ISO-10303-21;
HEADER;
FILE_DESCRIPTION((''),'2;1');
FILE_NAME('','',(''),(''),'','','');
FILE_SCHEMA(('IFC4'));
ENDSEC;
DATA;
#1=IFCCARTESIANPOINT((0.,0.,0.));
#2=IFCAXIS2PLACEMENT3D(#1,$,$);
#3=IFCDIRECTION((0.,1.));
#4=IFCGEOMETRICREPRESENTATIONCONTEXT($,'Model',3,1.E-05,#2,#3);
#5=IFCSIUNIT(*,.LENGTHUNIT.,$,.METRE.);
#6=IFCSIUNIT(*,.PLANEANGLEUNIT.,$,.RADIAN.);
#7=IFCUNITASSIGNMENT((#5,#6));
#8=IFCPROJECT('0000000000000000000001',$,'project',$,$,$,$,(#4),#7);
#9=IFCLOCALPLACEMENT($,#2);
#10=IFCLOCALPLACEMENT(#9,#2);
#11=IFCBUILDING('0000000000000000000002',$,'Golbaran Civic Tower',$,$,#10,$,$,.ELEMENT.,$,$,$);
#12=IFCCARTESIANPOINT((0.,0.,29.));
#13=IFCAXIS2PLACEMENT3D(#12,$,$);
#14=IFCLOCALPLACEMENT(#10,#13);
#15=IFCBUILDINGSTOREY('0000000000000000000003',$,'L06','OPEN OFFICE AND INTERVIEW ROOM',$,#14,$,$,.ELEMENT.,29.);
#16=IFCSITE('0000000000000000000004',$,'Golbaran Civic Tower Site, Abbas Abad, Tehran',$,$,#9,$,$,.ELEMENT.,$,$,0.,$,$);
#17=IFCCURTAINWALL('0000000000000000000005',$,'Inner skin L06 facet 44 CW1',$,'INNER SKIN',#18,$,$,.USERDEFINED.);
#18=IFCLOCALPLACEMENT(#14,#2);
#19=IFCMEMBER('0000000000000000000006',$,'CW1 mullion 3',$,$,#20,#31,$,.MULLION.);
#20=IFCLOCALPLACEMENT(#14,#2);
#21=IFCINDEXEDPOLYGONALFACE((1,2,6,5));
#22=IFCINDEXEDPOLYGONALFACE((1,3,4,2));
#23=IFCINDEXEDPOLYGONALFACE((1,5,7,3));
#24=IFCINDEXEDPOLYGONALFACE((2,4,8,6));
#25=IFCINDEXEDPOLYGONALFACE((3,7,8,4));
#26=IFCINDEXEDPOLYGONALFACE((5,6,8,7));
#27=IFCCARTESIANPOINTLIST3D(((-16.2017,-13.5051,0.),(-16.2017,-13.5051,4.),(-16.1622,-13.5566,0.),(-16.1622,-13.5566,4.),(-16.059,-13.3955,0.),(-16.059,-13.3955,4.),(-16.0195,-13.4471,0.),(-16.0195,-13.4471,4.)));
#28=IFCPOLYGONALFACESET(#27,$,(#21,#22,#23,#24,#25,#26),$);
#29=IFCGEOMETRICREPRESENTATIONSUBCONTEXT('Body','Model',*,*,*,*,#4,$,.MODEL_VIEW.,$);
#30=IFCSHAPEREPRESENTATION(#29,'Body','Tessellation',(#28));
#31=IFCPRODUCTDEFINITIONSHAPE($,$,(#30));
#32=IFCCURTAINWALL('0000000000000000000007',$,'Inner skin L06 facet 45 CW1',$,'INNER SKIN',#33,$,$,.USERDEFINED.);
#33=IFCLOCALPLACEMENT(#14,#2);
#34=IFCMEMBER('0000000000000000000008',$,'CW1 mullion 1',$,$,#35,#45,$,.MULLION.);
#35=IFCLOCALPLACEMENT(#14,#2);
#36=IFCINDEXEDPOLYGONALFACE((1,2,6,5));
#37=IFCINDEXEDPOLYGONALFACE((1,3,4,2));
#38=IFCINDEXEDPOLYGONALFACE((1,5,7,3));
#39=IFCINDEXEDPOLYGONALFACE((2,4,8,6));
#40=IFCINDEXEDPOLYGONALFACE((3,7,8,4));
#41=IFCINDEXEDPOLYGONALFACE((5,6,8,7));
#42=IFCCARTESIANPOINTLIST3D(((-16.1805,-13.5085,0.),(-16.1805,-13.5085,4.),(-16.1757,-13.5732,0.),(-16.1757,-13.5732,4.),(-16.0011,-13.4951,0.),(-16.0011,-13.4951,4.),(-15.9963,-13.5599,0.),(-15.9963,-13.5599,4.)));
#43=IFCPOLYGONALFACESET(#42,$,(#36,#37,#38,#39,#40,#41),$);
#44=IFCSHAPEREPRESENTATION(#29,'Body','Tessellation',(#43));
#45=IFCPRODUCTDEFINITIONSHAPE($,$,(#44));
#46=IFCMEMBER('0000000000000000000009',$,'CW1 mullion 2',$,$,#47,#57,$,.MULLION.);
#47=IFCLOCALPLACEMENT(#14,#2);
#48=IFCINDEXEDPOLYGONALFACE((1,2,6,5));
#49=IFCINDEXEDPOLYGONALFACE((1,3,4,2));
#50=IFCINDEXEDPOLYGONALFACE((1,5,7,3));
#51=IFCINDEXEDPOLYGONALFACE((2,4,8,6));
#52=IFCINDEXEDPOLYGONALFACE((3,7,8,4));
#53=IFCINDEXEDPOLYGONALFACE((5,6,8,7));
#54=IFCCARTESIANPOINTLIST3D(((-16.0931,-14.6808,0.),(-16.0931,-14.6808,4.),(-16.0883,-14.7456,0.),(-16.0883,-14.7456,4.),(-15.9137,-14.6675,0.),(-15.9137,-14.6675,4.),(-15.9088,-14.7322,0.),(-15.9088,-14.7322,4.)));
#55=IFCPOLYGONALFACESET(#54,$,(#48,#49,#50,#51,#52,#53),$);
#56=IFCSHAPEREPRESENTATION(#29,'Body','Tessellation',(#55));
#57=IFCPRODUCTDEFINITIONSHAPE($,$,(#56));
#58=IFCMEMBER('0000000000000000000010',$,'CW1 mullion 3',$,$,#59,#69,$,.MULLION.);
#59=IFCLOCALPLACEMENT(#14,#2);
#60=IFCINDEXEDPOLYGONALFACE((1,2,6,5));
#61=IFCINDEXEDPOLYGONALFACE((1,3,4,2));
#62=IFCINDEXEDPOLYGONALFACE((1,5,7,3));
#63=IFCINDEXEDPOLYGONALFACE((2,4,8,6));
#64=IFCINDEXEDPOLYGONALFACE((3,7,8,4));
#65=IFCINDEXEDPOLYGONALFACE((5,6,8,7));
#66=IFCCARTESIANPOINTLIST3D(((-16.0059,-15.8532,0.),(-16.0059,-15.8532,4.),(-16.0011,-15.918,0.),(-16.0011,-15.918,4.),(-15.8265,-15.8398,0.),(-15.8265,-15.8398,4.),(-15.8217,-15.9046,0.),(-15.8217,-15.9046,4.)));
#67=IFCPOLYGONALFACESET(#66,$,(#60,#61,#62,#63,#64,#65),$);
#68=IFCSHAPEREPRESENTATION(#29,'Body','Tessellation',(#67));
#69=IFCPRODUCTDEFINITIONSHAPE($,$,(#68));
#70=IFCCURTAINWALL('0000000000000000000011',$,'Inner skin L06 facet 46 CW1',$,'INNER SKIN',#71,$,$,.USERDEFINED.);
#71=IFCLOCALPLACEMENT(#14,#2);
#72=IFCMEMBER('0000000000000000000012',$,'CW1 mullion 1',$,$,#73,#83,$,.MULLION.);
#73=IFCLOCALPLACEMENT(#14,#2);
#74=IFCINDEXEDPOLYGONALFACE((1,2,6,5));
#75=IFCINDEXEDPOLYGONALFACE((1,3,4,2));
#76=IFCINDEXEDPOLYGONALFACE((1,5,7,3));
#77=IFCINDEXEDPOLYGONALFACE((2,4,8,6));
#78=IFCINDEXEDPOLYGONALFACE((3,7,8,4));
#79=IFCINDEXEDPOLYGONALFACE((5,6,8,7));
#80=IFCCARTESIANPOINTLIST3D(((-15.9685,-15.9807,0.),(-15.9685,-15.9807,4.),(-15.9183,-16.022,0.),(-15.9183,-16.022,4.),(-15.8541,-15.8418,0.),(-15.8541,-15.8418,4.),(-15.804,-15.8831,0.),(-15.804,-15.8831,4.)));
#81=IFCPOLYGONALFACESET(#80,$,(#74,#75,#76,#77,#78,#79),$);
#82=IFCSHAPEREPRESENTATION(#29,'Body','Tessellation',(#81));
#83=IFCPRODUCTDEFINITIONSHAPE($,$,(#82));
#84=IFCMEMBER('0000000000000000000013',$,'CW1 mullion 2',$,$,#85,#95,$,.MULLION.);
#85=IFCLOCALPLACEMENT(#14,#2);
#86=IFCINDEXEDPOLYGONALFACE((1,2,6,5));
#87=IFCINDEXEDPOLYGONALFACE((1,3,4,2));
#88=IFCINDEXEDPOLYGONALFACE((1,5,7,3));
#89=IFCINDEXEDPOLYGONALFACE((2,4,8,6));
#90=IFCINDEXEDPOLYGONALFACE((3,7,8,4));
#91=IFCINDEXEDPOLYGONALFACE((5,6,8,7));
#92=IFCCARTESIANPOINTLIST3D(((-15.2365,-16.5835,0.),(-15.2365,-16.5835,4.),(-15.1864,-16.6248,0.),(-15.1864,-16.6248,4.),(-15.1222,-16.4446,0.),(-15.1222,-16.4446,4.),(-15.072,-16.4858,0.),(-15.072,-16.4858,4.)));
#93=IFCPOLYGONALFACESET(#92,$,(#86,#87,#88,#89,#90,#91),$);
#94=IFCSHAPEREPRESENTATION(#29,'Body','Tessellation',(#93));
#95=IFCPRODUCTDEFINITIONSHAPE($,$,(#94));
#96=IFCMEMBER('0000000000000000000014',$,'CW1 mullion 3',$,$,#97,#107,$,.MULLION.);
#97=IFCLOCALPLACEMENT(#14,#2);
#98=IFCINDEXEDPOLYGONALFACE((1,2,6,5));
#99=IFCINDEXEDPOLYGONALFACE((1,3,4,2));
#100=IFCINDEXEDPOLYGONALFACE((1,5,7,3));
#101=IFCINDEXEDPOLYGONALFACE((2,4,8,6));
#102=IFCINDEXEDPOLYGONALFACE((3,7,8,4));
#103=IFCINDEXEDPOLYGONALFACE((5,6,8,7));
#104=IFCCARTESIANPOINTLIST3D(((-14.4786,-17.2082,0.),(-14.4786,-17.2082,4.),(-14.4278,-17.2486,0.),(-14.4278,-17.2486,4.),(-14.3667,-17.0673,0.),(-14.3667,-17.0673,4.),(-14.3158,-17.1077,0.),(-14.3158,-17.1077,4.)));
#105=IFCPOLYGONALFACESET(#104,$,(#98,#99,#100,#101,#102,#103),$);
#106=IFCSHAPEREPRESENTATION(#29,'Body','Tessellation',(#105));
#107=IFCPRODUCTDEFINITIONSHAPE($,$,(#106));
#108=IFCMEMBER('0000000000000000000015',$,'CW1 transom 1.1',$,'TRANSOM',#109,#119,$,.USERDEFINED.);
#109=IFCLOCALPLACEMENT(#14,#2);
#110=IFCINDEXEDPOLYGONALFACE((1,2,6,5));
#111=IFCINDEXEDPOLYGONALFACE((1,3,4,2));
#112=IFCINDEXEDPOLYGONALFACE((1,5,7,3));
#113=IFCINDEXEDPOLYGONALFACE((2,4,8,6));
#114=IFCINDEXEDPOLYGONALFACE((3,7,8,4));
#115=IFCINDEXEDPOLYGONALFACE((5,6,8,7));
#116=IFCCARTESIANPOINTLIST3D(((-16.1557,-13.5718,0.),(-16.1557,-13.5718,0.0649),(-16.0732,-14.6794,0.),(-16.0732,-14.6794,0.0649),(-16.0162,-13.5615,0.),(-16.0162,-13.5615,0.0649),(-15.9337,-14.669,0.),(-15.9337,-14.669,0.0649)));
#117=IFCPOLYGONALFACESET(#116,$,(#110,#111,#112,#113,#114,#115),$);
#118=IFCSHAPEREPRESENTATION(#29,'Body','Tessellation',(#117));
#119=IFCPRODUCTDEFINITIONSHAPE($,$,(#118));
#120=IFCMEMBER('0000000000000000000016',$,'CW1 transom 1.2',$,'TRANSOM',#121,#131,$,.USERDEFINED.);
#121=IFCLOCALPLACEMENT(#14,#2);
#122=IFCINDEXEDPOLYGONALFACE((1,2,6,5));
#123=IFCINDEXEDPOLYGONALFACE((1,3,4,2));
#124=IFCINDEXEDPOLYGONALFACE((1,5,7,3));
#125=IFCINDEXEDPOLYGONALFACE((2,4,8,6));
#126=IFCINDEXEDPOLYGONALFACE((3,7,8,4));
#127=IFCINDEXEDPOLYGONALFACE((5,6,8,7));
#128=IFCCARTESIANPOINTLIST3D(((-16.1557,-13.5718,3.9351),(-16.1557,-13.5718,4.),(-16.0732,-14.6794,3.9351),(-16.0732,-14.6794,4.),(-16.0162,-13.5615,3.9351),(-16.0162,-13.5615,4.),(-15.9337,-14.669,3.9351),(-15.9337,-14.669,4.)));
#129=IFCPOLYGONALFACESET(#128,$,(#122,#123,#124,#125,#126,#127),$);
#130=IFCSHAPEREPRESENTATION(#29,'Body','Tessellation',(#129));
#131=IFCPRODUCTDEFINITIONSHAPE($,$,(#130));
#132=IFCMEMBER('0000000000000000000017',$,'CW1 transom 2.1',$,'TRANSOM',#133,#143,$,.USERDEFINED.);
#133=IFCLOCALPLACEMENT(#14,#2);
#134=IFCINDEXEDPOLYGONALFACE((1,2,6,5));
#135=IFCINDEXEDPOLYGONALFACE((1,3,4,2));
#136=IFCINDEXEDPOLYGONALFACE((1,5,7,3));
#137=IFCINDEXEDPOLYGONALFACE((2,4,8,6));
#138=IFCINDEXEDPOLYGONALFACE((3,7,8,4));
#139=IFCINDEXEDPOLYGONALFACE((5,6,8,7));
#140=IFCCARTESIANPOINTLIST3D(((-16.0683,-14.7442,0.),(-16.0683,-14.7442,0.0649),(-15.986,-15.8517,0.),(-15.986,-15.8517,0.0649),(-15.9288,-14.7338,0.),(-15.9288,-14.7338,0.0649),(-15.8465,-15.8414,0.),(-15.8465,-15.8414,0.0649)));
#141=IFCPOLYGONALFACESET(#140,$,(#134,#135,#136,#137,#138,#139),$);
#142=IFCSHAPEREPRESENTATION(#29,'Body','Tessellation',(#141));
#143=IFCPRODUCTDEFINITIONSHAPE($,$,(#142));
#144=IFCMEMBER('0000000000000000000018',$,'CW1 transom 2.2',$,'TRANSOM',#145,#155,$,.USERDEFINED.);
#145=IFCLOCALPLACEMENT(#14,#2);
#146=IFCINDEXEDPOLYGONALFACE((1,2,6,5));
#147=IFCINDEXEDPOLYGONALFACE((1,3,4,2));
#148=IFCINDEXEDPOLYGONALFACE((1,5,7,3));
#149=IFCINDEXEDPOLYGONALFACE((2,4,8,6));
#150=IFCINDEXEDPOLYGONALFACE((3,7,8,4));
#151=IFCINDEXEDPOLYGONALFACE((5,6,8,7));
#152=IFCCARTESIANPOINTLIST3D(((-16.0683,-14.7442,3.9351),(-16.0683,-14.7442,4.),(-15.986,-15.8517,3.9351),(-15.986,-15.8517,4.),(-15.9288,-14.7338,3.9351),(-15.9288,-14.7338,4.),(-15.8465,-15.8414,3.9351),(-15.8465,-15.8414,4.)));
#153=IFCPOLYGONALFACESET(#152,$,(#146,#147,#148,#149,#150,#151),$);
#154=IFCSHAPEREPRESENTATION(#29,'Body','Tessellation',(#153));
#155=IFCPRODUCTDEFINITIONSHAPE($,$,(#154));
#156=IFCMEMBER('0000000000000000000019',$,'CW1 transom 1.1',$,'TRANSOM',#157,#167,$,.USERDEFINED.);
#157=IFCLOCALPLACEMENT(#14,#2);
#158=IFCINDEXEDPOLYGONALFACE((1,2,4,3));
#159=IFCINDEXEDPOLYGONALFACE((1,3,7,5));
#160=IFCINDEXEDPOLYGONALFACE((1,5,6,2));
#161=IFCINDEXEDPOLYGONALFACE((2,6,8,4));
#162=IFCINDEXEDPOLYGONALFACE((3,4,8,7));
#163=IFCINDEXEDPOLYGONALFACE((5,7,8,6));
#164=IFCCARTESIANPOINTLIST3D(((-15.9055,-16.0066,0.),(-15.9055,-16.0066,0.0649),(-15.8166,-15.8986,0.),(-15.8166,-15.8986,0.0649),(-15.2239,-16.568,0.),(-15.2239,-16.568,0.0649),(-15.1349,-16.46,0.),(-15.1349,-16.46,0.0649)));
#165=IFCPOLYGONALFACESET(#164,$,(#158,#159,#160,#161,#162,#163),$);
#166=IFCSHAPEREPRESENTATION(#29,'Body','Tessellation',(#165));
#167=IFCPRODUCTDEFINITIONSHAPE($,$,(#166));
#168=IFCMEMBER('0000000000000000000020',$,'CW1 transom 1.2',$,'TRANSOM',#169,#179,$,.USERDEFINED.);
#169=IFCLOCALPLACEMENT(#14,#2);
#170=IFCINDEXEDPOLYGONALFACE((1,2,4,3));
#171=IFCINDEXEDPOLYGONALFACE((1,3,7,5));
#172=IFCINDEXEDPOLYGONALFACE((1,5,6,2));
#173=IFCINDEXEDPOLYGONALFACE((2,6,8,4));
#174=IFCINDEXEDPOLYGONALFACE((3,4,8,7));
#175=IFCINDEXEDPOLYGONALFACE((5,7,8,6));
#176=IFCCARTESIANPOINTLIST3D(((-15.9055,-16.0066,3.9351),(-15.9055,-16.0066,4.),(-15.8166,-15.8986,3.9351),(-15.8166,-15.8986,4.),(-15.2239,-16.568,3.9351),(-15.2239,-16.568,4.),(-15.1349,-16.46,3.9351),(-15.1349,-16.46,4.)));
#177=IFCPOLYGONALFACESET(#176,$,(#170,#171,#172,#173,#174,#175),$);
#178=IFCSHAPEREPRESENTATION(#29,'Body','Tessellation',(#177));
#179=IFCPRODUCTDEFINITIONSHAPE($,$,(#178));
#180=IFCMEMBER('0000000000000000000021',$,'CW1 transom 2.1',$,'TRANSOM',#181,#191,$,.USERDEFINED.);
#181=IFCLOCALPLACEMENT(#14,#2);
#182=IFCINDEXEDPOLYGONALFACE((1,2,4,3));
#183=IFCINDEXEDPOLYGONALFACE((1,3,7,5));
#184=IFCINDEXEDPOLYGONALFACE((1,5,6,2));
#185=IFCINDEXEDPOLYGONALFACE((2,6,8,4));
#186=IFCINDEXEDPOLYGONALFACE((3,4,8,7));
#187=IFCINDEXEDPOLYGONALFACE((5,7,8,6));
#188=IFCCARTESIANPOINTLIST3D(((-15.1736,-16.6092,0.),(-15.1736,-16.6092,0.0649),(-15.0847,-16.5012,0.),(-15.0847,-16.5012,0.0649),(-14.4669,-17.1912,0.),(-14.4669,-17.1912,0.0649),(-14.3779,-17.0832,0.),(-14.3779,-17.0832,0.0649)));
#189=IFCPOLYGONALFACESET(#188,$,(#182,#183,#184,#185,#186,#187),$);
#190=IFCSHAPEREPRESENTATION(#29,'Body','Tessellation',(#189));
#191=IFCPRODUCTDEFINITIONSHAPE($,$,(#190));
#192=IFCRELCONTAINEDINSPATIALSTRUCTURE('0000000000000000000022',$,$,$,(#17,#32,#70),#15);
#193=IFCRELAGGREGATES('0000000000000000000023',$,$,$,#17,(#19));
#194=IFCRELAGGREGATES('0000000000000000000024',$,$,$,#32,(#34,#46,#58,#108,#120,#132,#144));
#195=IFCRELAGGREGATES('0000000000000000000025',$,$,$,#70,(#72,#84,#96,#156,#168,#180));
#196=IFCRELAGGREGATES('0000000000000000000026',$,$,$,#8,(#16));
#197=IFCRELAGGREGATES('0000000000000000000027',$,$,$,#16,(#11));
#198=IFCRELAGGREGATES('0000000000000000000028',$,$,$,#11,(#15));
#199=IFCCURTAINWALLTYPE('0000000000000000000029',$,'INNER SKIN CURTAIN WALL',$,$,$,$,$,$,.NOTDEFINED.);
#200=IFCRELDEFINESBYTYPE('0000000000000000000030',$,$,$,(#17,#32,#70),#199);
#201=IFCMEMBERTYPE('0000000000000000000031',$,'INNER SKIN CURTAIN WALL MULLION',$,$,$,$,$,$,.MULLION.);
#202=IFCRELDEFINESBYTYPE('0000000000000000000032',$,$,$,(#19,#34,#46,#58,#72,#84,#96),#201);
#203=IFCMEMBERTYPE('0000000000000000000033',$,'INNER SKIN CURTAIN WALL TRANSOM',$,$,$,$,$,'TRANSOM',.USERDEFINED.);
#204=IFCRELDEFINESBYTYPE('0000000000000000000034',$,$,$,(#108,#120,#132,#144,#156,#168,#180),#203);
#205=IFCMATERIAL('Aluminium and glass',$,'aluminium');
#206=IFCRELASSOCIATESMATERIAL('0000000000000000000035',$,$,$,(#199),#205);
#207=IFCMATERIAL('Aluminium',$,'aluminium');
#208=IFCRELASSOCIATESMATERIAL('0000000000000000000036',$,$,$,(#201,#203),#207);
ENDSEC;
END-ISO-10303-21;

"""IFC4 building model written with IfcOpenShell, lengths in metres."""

from ifc_helpers import new_model, si_unit, direction, frame, origin, origin_2d, place, context, subcontext, project, spatial, rectangle, extrude, material, material_profile, profile_set, type_object, element, aggregate, save


model = new_model("IFC4")

# Units and contexts
model_context = context("Model", 3, precision=1e-05, world=origin(), true_north=direction((0.0, 1.0)))
body_context = subcontext(model_context, "Body", "Model", "MODEL_VIEW")
ifc_project = project(units=[si_unit("LENGTHUNIT", "METRE"), si_unit("PLANEANGLEUNIT", "RADIAN")], contexts=[model_context])

# Site, building, storey
site_placement = place(None, origin())
site = spatial("IfcSite", under=ifc_project, at=site_placement, Name="Golbaran Civic Tower Site, Abbas Abad, Tehran", CompositionType="ELEMENT", RefElevation=0.0)
building_placement = place(site_placement, origin())
building = spatial("IfcBuilding", under=site, at=building_placement, Name="Golbaran Civic Tower", CompositionType="ELEMENT")
storey_placement = place(building_placement, frame((0.0, 0.0, 29.0)))
storey = spatial("IfcBuildingStorey", under=building, at=storey_placement, Name="L06", Description="OPEN OFFICE AND INTERVIEW ROOM", CompositionType="ELEMENT", Elevation=29.0)

# Curtain wall, member
ifc_material_1 = material(Name="Aluminium and glass", Category="aluminium")
curtain_wall_type = type_object("IfcCurtainWallType", Name="INNER SKIN CURTAIN WALL", PredefinedType="NOTDEFINED", material=ifc_material_1)
curtain_wall_1_placement = place(storey_placement, origin())
curtain_wall_1 = element("IfcCurtainWall", 1, at=curtain_wall_1_placement, inside=storey, type_object=curtain_wall_type, Name="Inner skin L06 facet 44 CW1", ObjectType="INNER SKIN", PredefinedType="USERDEFINED")
ifc_material_2 = material(Name="Aluminium", Category="aluminium")
ifc_material_profile_1 = material_profile(ifc_material_2, rectangle(XDim=0.1799, YDim=0.0649, at=origin_2d()), Name="INNER SKIN CURTAIN WALL MULLION")
ifc_profile_set_1 = profile_set([ifc_material_profile_1], Name="Aluminium")
member_type_1 = type_object("IfcMemberType", Name="INNER SKIN CURTAIN WALL MULLION", PredefinedType="MULLION", material=ifc_profile_set_1)
member_1_placement = place(storey_placement, frame((-16.1106, -13.4761, 0.0), z_axis=(0.0, 0.0, 1.0), x_axis=(0.793353, 0.608761, 0.0)))
member_1 = element("IfcMember", 2, at=member_1_placement, type_object=member_type_1, Name="CW1 mullion 3", PredefinedType="MULLION", context=body_context, shape_type="SweptSolid", body=[
    extrude(rectangle(XDim=0.1799, YDim=0.0649, at=origin_2d()), origin(), (0.0, 0.0, 1.0), 4.0),
])

# Curtain walls, members
curtain_wall_2_placement = place(storey_placement, origin())
curtain_wall_2 = element("IfcCurtainWall", 3, at=curtain_wall_2_placement, inside=storey, type_object=curtain_wall_type, Name="Inner skin L06 facet 45 CW1", ObjectType="INNER SKIN", PredefinedType="USERDEFINED")
member_2_placement = place(storey_placement, frame((-16.0884, -13.5342, 0.0), z_axis=(0.0, 0.0, 1.0), x_axis=(0.997238, 0.074267, 0.0)))
member_2 = element("IfcMember", 4, at=member_2_placement, type_object=member_type_1, Name="CW1 mullion 1", PredefinedType="MULLION", context=body_context, shape_type="SweptSolid", body=[
    extrude(rectangle(XDim=0.1799, YDim=0.0649, at=origin_2d()), origin(), (0.0, 0.0, 1.0), 4.0),
])
member_3_placement = place(storey_placement, frame((-16.001, -14.7065, 0.0), z_axis=(0.0, 0.0, 1.0), x_axis=(0.997238, 0.074267, 0.0)))
member_3 = element("IfcMember", 5, at=member_3_placement, type_object=member_type_1, Name="CW1 mullion 2", PredefinedType="MULLION", context=body_context, shape_type="SweptSolid", body=[
    extrude(rectangle(XDim=0.1799, YDim=0.0649, at=origin_2d()), origin(), (0.0, 0.0, 1.0), 4.0),
])
member_4_placement = place(storey_placement, frame((-15.9138, -15.8789, 0.0), z_axis=(0.0, 0.0, 1.0), x_axis=(0.997238, 0.074267, 0.0)))
member_4 = element("IfcMember", 6, at=member_4_placement, type_object=member_type_1, Name="CW1 mullion 3", PredefinedType="MULLION", context=body_context, shape_type="SweptSolid", body=[
    extrude(rectangle(XDim=0.1799, YDim=0.0649, at=origin_2d()), origin(), (0.0, 0.0, 1.0), 4.0),
])
curtain_wall_3_placement = place(storey_placement, origin())
curtain_wall_3 = element("IfcCurtainWall", 7, at=curtain_wall_3_placement, inside=storey, type_object=curtain_wall_type, Name="Inner skin L06 facet 46 CW1", ObjectType="INNER SKIN", PredefinedType="USERDEFINED")
member_5_placement = place(storey_placement, frame((-15.8862, -15.9319, 0.0), z_axis=(0.0, 0.0, 1.0), x_axis=(0.635583, 0.772032, 0.0)))
member_5 = element("IfcMember", 8, at=member_5_placement, type_object=member_type_1, Name="CW1 mullion 1", PredefinedType="MULLION", context=body_context, shape_type="SweptSolid", body=[
    extrude(rectangle(XDim=0.1799, YDim=0.0649, at=origin_2d()), origin(), (0.0, 0.0, 1.0), 4.0),
])
member_6_placement = place(storey_placement, frame((-15.1543, -16.5347, 0.0), z_axis=(0.0, 0.0, 1.0), x_axis=(0.635583, 0.772032, 0.0)))
member_6 = element("IfcMember", 9, at=member_6_placement, type_object=member_type_1, Name="CW1 mullion 2", PredefinedType="MULLION", context=body_context, shape_type="SweptSolid", body=[
    extrude(rectangle(XDim=0.1799, YDim=0.0649, at=origin_2d()), origin(), (0.0, 0.0, 1.0), 4.0),
])
member_7_placement = place(storey_placement, frame((-14.3972, -17.158, 0.0), z_axis=(0.0, 0.0, 1.0), x_axis=(0.622264, 0.782808, 0.0)))
member_7 = element("IfcMember", 10, at=member_7_placement, type_object=member_type_1, Name="CW1 mullion 3", PredefinedType="MULLION", context=body_context, shape_type="SweptSolid", body=[
    extrude(rectangle(XDim=0.1799, YDim=0.0649, at=origin_2d()), origin(), (0.0, 0.0, 1.0), 4.0),
])

# Members
ifc_material_profile_2 = material_profile(ifc_material_2, rectangle(XDim=0.1399, YDim=0.0649, at=origin_2d()), Name="INNER SKIN CURTAIN WALL TRANSOM")
ifc_profile_set_2 = profile_set([ifc_material_profile_2], Name="Aluminium")
member_type_2 = type_object("IfcMemberType", Name="INNER SKIN CURTAIN WALL TRANSOM", ElementType="TRANSOM", PredefinedType="USERDEFINED", material=ifc_profile_set_2)
member_8_placement = place(storey_placement, frame((-16.0859, -13.5667, 0.0325), z_axis=(0.074309, -0.997235, 0.0), x_axis=(0.997235, 0.074309, 0.0)))
member_8 = element("IfcMember", 11, at=member_8_placement, type_object=member_type_2, Name="CW1 transom 1.1", ObjectType="TRANSOM", PredefinedType="USERDEFINED", context=body_context, shape_type="SweptSolid", body=[
    extrude(rectangle(XDim=0.1399, YDim=0.0649, at=origin_2d()), origin(), (0.0, 0.0, 1.0), 1.1106),
])
member_9_placement = place(storey_placement, frame((-16.0859, -13.5667, 3.9675), z_axis=(0.074309, -0.997235, 0.0), x_axis=(0.997235, 0.074309, 0.0)))
member_9 = element("IfcMember", 12, at=member_9_placement, type_object=member_type_2, Name="CW1 transom 1.2", ObjectType="TRANSOM", PredefinedType="USERDEFINED", context=body_context, shape_type="SweptSolid", body=[
    extrude(rectangle(XDim=0.1399, YDim=0.0649, at=origin_2d()), origin(), (0.0, 0.0, 1.0), 1.1106),
])
member_10_placement = place(storey_placement, frame((-15.9985, -14.739, 0.0325), z_axis=(0.07409, -0.997252, 0.0), x_axis=(0.997252, 0.07409, 0.0)))
member_10 = element("IfcMember", 13, at=member_10_placement, type_object=member_type_2, Name="CW1 transom 2.1", ObjectType="TRANSOM", PredefinedType="USERDEFINED", context=body_context, shape_type="SweptSolid", body=[
    extrude(rectangle(XDim=0.1399, YDim=0.0649, at=origin_2d()), origin(), (0.0, 0.0, 1.0), 1.1106),
])
member_11_placement = place(storey_placement, frame((-15.9985, -14.739, 3.9675), z_axis=(0.07409, -0.997252, 0.0), x_axis=(0.997252, 0.07409, 0.0)))
member_11 = element("IfcMember", 14, at=member_11_placement, type_object=member_type_2, Name="CW1 transom 2.2", ObjectType="TRANSOM", PredefinedType="USERDEFINED", context=body_context, shape_type="SweptSolid", body=[
    extrude(rectangle(XDim=0.1399, YDim=0.0649, at=origin_2d()), origin(), (0.0, 0.0, 1.0), 1.1106),
])
member_12_placement = place(storey_placement, frame((-15.8611, -15.9526, 0.0325), z_axis=(0.77197, -0.635659, 0.0), x_axis=(0.635659, 0.77197, 0.0)))
member_12 = element("IfcMember", 15, at=member_12_placement, type_object=member_type_2, Name="CW1 transom 1.1", ObjectType="TRANSOM", PredefinedType="USERDEFINED", context=body_context, shape_type="SweptSolid", body=[
    extrude(rectangle(XDim=0.1399, YDim=0.0649, at=origin_2d()), origin(), (0.0, 0.0, 1.0), 0.8831),
])
member_13_placement = place(storey_placement, frame((-15.8611, -15.9526, 3.9675), z_axis=(0.77197, -0.635659, 0.0), x_axis=(0.635659, 0.77197, 0.0)))
member_13 = element("IfcMember", 16, at=member_13_placement, type_object=member_type_2, Name="CW1 transom 1.2", ObjectType="TRANSOM", PredefinedType="USERDEFINED", context=body_context, shape_type="SweptSolid", body=[
    extrude(rectangle(XDim=0.1399, YDim=0.0649, at=origin_2d()), origin(), (0.0, 0.0, 1.0), 0.8831),
])
member_14_placement = place(storey_placement, frame((-15.1292, -16.5552, 0.0325), z_axis=(0.771946, -0.635689, 0.0), x_axis=(0.635689, 0.771946, 0.0)))
member_14 = element("IfcMember", 17, at=member_14_placement, type_object=member_type_2, Name="CW1 transom 2.1", ObjectType="TRANSOM", PredefinedType="USERDEFINED", context=body_context, shape_type="SweptSolid", body=[
    extrude(rectangle(XDim=0.1399, YDim=0.0649, at=origin_2d()), origin(), (0.0, 0.0, 1.0), 0.9155),
])

aggregate(curtain_wall_1, [member_1])
aggregate(curtain_wall_2, [member_2, member_3, member_4, member_8, member_9, member_10, member_11])
aggregate(curtain_wall_3, [member_5, member_6, member_7, member_12, member_13, member_14])

save(model, "model.ifc")
